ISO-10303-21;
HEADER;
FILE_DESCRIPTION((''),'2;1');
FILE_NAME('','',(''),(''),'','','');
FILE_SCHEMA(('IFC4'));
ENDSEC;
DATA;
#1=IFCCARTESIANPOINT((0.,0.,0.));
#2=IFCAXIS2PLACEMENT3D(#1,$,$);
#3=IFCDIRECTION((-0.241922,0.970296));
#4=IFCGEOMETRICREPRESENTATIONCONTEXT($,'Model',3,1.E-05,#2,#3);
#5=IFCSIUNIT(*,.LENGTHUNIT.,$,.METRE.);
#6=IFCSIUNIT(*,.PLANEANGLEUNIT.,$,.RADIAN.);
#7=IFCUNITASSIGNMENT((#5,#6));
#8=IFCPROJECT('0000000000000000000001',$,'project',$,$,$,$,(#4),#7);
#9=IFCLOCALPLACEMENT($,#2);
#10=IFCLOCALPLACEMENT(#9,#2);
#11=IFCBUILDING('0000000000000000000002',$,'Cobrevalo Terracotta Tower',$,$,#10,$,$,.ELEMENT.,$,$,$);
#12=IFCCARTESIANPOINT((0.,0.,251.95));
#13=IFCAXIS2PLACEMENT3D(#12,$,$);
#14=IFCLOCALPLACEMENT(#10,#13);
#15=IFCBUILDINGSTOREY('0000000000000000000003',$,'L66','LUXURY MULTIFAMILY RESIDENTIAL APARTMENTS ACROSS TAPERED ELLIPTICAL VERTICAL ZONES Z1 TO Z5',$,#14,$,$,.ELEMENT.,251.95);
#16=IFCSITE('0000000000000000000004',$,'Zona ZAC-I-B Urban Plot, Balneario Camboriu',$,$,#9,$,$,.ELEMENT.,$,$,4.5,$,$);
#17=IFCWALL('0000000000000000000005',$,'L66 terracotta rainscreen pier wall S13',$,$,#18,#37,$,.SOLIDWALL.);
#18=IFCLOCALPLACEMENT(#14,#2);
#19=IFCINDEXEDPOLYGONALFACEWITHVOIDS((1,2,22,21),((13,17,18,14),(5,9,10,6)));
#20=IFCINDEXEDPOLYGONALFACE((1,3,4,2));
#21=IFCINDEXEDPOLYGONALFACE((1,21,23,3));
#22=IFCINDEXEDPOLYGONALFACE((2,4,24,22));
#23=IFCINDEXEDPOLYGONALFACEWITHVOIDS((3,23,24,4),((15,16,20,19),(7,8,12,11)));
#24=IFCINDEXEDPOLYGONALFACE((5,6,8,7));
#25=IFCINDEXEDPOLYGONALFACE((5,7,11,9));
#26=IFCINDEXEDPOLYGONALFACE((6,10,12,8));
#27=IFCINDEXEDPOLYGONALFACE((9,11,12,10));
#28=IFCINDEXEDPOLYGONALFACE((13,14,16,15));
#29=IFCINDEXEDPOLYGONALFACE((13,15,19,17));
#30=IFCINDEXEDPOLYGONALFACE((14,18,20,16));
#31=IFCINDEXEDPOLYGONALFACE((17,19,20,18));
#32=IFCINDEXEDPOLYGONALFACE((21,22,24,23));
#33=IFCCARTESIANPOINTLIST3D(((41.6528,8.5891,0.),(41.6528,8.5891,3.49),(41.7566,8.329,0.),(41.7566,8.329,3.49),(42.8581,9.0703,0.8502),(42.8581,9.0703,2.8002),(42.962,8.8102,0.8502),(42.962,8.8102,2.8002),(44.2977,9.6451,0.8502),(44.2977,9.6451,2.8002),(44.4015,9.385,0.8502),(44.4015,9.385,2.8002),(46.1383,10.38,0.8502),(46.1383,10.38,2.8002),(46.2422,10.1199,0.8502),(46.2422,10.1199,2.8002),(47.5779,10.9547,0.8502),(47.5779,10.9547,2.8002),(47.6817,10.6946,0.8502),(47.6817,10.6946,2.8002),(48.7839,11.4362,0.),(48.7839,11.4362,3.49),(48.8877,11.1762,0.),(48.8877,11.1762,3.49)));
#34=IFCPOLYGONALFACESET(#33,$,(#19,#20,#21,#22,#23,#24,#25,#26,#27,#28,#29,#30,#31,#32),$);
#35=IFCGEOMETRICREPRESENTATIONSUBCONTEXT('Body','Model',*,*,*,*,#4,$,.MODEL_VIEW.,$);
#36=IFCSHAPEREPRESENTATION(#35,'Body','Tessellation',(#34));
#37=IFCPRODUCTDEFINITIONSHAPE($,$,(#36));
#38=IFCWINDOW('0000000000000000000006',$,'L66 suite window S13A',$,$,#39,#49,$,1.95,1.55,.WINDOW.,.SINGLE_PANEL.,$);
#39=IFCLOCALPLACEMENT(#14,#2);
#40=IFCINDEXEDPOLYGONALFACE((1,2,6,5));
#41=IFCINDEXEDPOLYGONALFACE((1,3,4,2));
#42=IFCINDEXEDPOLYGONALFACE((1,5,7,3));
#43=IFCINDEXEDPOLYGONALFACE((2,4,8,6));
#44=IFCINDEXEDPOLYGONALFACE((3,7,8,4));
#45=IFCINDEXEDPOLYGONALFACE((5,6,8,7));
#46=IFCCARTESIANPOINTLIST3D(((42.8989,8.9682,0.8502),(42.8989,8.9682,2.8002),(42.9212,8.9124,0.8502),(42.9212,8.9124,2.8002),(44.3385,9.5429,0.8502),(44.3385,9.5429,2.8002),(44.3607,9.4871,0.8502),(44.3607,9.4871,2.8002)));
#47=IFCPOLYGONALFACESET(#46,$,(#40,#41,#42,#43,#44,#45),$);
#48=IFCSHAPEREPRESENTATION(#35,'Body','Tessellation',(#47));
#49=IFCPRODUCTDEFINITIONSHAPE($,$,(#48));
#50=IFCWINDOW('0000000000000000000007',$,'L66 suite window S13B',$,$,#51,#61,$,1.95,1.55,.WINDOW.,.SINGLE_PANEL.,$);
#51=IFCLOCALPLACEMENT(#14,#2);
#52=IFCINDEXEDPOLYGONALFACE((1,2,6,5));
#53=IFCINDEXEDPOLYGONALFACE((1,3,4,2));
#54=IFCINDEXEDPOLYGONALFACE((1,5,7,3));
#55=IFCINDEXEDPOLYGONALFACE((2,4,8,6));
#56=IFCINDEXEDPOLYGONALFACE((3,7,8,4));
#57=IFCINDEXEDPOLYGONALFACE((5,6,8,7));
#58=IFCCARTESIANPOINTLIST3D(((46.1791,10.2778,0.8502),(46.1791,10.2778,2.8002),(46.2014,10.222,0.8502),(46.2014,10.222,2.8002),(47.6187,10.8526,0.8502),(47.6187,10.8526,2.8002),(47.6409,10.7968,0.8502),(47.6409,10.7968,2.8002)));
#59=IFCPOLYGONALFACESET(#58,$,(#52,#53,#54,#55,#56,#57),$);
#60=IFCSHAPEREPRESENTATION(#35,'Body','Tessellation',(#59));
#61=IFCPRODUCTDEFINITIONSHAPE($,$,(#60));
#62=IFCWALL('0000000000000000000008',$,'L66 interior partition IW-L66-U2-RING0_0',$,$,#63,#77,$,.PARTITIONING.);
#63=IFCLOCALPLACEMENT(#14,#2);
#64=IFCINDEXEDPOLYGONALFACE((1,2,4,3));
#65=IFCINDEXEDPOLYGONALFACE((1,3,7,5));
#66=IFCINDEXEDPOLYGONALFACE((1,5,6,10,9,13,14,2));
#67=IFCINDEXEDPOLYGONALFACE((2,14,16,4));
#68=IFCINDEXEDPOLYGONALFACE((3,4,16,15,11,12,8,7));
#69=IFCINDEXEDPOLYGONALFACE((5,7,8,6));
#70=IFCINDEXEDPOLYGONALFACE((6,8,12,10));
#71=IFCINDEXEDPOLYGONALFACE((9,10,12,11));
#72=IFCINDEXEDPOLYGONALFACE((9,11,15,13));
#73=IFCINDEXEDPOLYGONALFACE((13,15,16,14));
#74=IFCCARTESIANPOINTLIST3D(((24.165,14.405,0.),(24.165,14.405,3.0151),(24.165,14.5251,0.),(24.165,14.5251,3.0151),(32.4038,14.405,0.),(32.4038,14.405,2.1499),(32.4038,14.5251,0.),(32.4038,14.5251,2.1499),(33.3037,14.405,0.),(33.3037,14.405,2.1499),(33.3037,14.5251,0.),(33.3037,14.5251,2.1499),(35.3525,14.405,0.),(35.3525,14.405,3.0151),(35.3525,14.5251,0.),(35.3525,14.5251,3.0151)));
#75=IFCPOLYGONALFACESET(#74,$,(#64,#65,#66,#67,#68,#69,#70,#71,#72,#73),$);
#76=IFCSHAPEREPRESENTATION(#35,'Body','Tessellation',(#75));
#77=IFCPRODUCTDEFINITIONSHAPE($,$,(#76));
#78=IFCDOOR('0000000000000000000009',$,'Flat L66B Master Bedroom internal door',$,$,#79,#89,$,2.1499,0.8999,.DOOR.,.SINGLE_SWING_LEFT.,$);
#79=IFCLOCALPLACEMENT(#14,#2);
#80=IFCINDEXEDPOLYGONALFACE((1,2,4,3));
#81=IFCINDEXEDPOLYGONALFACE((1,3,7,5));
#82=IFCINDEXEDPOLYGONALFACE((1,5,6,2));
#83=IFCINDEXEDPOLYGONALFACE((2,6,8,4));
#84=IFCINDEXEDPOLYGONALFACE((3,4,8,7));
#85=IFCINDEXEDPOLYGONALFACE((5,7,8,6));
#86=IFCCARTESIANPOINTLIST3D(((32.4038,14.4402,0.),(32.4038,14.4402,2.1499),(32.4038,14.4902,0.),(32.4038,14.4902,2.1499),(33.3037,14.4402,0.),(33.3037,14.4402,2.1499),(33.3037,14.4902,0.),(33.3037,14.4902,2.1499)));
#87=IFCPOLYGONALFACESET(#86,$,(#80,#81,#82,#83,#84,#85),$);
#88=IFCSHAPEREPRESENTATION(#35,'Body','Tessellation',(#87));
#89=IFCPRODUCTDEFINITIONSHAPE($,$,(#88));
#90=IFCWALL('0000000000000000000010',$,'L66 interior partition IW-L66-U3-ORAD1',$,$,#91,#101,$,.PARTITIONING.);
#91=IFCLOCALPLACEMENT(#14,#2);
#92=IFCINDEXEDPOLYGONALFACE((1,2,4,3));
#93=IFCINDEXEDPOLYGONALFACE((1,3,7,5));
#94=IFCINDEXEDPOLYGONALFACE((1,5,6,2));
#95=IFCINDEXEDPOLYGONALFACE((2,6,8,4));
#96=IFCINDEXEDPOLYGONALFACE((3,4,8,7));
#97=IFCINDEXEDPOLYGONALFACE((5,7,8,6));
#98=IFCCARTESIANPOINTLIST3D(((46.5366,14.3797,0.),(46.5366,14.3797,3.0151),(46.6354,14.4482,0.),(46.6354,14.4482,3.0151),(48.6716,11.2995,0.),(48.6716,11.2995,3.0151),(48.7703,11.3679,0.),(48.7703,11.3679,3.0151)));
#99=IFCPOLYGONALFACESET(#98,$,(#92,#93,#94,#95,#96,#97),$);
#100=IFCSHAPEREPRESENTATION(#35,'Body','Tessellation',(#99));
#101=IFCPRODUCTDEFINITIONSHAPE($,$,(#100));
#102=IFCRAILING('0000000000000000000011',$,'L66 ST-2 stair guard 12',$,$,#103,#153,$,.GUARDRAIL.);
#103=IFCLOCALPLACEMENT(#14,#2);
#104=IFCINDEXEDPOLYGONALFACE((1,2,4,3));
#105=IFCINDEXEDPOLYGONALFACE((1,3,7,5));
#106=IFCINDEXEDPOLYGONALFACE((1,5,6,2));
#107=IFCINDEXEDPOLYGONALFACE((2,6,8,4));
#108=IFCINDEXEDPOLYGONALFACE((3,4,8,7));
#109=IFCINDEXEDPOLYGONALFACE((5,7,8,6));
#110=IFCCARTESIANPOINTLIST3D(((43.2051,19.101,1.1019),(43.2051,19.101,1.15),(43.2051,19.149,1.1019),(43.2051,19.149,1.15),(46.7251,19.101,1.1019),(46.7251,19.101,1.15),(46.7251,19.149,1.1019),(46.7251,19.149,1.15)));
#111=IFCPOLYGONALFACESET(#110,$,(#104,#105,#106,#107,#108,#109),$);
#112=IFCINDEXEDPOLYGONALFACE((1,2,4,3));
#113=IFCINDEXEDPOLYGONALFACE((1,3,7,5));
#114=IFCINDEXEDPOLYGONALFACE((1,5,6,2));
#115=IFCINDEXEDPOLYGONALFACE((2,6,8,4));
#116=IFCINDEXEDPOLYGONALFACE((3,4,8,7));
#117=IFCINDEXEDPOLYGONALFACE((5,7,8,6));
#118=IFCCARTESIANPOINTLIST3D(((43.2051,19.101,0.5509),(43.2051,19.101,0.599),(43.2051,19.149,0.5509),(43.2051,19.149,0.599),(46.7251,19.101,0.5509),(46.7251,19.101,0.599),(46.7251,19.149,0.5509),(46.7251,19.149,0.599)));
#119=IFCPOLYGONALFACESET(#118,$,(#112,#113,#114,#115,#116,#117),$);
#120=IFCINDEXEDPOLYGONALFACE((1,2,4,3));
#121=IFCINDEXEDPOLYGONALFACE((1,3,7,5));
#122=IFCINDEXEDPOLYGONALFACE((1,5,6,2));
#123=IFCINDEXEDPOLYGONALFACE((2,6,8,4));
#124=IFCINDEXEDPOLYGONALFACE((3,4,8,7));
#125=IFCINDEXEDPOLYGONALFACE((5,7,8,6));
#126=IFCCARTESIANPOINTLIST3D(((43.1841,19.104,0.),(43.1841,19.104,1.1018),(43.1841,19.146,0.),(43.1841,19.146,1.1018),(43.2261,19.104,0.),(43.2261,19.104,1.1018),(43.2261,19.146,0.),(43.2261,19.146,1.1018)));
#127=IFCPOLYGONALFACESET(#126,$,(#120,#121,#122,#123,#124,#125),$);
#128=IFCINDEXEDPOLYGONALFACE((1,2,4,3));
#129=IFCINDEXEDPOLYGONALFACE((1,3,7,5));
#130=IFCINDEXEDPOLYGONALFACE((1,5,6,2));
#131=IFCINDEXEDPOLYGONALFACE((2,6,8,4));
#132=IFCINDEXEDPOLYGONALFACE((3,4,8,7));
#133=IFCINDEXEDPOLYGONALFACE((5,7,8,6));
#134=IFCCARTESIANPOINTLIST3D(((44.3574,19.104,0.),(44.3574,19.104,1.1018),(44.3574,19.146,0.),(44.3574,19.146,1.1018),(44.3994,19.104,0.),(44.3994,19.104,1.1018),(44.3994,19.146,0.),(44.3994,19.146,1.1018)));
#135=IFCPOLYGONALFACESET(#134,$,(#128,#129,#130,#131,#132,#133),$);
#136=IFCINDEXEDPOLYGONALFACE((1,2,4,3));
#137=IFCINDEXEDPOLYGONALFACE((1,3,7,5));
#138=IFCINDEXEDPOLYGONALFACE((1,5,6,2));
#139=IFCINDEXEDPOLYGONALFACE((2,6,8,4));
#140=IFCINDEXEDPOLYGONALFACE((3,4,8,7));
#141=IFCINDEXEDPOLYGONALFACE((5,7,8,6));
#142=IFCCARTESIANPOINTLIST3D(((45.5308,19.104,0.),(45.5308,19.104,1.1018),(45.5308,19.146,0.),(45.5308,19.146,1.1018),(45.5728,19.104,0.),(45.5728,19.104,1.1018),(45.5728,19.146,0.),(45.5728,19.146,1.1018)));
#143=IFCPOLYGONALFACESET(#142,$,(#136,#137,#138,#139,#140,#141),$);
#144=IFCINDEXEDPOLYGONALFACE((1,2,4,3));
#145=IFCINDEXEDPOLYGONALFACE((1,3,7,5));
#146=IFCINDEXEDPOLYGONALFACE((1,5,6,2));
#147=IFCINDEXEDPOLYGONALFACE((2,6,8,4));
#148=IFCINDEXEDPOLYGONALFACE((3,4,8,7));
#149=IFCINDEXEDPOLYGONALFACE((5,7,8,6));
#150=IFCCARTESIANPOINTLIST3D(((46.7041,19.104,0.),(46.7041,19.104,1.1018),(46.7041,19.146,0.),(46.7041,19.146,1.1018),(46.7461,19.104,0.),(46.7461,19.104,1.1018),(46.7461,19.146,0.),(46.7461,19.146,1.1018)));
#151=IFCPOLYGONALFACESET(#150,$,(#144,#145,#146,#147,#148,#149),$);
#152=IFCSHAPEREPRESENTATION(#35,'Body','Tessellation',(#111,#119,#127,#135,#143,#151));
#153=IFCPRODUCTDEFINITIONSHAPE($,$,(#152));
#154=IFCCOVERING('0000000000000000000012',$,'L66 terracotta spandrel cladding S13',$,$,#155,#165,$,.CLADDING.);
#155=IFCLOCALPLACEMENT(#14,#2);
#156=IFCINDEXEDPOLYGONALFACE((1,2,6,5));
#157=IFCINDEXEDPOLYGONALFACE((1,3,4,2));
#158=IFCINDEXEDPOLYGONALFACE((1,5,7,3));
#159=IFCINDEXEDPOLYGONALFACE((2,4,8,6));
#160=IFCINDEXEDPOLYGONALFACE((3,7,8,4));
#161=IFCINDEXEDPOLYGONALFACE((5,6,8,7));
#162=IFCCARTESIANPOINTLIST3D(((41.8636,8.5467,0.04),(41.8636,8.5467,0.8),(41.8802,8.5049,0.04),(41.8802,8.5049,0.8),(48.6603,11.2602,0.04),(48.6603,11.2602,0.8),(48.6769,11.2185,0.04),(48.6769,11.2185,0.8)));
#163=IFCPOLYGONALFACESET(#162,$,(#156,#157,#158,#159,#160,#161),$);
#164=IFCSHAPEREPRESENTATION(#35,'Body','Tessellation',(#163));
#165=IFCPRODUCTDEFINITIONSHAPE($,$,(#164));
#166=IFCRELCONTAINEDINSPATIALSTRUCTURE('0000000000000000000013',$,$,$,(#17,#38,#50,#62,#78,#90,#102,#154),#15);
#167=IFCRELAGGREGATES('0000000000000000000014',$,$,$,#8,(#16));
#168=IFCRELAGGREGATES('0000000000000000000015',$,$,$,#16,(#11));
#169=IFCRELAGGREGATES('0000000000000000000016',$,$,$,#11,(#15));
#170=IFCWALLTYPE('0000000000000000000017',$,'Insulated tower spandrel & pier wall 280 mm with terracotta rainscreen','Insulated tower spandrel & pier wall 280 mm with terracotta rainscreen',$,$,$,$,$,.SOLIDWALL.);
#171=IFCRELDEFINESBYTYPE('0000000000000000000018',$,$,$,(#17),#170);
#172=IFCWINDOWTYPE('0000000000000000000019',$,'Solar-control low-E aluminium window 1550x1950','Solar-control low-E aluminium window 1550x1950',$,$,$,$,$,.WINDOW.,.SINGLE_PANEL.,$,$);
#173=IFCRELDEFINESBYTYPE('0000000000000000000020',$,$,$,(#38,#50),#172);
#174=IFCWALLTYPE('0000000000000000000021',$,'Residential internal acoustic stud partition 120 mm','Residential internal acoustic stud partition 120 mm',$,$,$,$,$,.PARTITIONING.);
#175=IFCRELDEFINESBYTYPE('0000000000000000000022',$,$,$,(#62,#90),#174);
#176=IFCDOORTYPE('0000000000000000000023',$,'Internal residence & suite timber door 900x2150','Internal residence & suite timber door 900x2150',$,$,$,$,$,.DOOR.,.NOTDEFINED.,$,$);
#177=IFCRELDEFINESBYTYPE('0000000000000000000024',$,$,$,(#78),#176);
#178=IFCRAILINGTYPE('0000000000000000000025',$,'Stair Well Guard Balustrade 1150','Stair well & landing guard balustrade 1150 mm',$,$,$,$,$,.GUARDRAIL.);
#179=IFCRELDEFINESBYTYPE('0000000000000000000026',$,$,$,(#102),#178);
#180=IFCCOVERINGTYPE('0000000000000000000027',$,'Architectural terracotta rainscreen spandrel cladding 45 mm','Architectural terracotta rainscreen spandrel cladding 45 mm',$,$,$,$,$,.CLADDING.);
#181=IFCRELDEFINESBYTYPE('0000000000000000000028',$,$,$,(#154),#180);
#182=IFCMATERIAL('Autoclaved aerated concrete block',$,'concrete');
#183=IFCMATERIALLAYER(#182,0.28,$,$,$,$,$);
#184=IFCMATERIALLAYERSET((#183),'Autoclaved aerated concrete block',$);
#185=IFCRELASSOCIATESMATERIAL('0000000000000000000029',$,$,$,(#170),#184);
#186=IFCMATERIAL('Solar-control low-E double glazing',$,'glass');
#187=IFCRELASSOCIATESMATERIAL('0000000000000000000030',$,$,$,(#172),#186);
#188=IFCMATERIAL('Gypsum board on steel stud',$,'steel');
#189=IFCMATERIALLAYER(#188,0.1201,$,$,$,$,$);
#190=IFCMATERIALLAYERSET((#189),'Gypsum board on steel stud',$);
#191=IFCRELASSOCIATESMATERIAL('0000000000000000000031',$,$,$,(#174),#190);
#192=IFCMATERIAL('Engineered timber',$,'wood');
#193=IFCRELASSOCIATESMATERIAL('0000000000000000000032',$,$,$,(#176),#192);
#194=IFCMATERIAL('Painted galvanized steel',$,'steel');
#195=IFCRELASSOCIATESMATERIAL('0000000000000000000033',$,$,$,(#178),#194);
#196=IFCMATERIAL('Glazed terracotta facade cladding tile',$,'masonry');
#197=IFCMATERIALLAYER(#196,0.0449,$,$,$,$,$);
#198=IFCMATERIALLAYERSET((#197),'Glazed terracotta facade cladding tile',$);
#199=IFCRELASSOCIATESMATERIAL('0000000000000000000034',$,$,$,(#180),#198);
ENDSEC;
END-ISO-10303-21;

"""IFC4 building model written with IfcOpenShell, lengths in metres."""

from ifc_helpers import new_model, si_unit, direction, frame, frame_2d, origin, origin_2d, place, context, subcontext, project, spatial, rectangle, extrude, source, transform, mapped, material, layer, layer_set, type_object, element, fill, save


model = new_model("IFC4")

# Units and contexts
model_context = context("Model", 3, precision=1e-05, world=origin(), true_north=direction((-0.241922, 0.970296)))
body_context = subcontext(model_context, "Body", "Model", "MODEL_VIEW")
ifc_project = project(units=[si_unit("LENGTHUNIT", "METRE"), si_unit("PLANEANGLEUNIT", "RADIAN")], contexts=[model_context])

# Site, building, storey
site_placement = place(None, origin())
site = spatial("IfcSite", under=ifc_project, at=site_placement, Name="Zona ZAC-I-B Urban Plot, Balneario Camboriu", CompositionType="ELEMENT", RefElevation=4.5)
building_placement = place(site_placement, origin())
building = spatial("IfcBuilding", under=site, at=building_placement, Name="Cobrevalo Terracotta Tower", CompositionType="ELEMENT")
storey_placement = place(building_placement, frame((0.0, 0.0, 251.95)))
storey = spatial("IfcBuildingStorey", under=building, at=storey_placement, Name="L66", Description="LUXURY MULTIFAMILY RESIDENTIAL APARTMENTS ACROSS TAPERED ELLIPTICAL VERTICAL ZONES Z1 TO Z5", CompositionType="ELEMENT", Elevation=251.95)

# Shared definitions
ifc_material_1 = material(Name="Autoclaved aerated concrete block", Category="concrete")

# Wall, openings, windows
ifc_layer_1 = layer(ifc_material_1, 0.28)
ifc_layer_set_1 = layer_set([ifc_layer_1], Name="Autoclaved aerated concrete block")
wall_type_1 = type_object("IfcWallType", Name="Insulated tower spandrel & pier wall 280 mm with terracotta rainscreen", Description="Insulated tower spandrel & pier wall 280 mm with terracotta rainscreen", PredefinedType="SOLIDWALL", material=ifc_layer_set_1)
wall_1_placement = place(storey_placement, frame((41.7046, 8.459, 0.0), z_axis=(0.0, 0.0, 1.0), x_axis=(0.928713, 0.370799, 0.0)))
wall_1 = element("IfcWall", 1, at=wall_1_placement, inside=storey, type_object=wall_type_1, Name="L66 terracotta rainscreen pier wall S13", PredefinedType="SOLIDWALL", context=body_context, shape_type="SweptSolid", body=[
    extrude(rectangle(XDim=7.6785, YDim=0.28, at=frame_2d((3.8394, 0.0))), origin(), (0.0, 0.0, 1.0), 3.49),
])
opening_1_placement = place(wall_1_placement, frame((1.2981, 0.0, 0.8501)))
opening_1 = element("IfcOpeningElement", 2, at=opening_1_placement, cuts=wall_1, PredefinedType="OPENING", context=body_context, shape_type="SweptSolid", body=[
    extrude(rectangle(XDim=1.55, YDim=1.95, at=frame_2d((0.7749, 0.9751))), frame((0.0, 0.1499, 0.0), z_axis=(0.0, -1.0, 0.0), x_axis=(1.0, 0.0, 0.0)), (0.0, 0.0, 1.0), 0.3),
])
opening_2_placement = place(wall_1_placement, frame((4.8301, 0.0, 0.8501)))
opening_2 = element("IfcOpeningElement", 3, at=opening_2_placement, cuts=wall_1, PredefinedType="OPENING", context=body_context, shape_type="SweptSolid", body=[
    extrude(rectangle(XDim=1.55, YDim=1.95, at=frame_2d((0.7749, 0.9751))), frame((0.0, 0.1499, 0.0), z_axis=(0.0, -1.0, 0.0), x_axis=(1.0, 0.0, 0.0)), (0.0, 0.0, 1.0), 0.3),
])
ifc_material_2 = material(Name="Solar-control low-E double glazing", Category="glass")
window_type = type_object("IfcWindowType", Name="Solar-control low-E aluminium window 1550x1950", Description="Solar-control low-E aluminium window 1550x1950", PartitioningType="SINGLE_PANEL", PredefinedType="WINDOW", material=ifc_material_2)
shared_shape_1 = source(origin(), body_context, "Body", "SweptSolid", [
    extrude(rectangle(XDim=1.55, YDim=1.95, at=frame_2d((0.7749, 0.9751))), frame((0.0, 0.03, 0.0), z_axis=(0.0, -1.0, 0.0), x_axis=(1.0, 0.0, 0.0)), (0.0, 0.0, 1.0), 0.0601),
])
window_1_placement = place(opening_1_placement, origin())
window_1 = element("IfcWindow", 4, at=window_1_placement, inside=storey, type_object=window_type, Name="L66 suite window S13A", OverallHeight=1.95, OverallWidth=1.55, PartitioningType="SINGLE_PANEL", PredefinedType="WINDOW", context=body_context, shape_type="MappedRepresentation", body=[
    mapped(shared_shape_1, transform((0.0, 0.0, 0.0), scale=1.0)),
])
fill(opening_1, window_1)
window_2_placement = place(opening_2_placement, origin())
window_2 = element("IfcWindow", 5, at=window_2_placement, inside=storey, type_object=window_type, Name="L66 suite window S13B", OverallHeight=1.95, OverallWidth=1.55, PartitioningType="SINGLE_PANEL", PredefinedType="WINDOW", context=body_context, shape_type="MappedRepresentation", body=[
    mapped(shared_shape_1, transform((0.0, 0.0, 0.0), scale=1.0)),
])
fill(opening_2, window_2)

# Wall, opening, door
ifc_material_3 = material(Name="Gypsum board on steel stud", Category="steel")
ifc_layer_2 = layer(ifc_material_3, 0.1201)
ifc_layer_set_2 = layer_set([ifc_layer_2], Name="Gypsum board on steel stud")
wall_type_2 = type_object("IfcWallType", Name="Residential internal acoustic stud partition 120 mm", Description="Residential internal acoustic stud partition 120 mm", PredefinedType="PARTITIONING", material=ifc_layer_set_2)
wall_2_placement = place(storey_placement, frame((35.3525, 14.4651, 0.0), z_axis=(0.0, 0.0, 1.0), x_axis=(-1.0, 0.0, 0.0)))
wall_2 = element("IfcWall", 6, at=wall_2_placement, inside=storey, type_object=wall_type_2, Name="L66 interior partition IW-L66-U2-RING0_0", PredefinedType="PARTITIONING", context=body_context, shape_type="SweptSolid", body=[
    extrude(rectangle(XDim=11.1875, YDim=0.1201, at=frame_2d((5.5938, 0.0))), origin(), (0.0, 0.0, 1.0), 3.0151),
])
opening_3_placement = place(wall_2_placement, frame((2.0488, 0.0, 0.0)))
opening_3 = element("IfcOpeningElement", 7, at=opening_3_placement, cuts=wall_2, PredefinedType="OPENING", context=body_context, shape_type="SweptSolid", body=[
    extrude(rectangle(XDim=0.8999, YDim=2.1499, at=frame_2d((0.45, 1.075))), frame((0.0, 0.0701, 0.0), z_axis=(0.0, -1.0, 0.0), x_axis=(1.0, 0.0, 0.0)), (0.0, 0.0, 1.0), 0.1401),
])
ifc_material_4 = material(Name="Engineered timber", Category="wood")
door_type_1 = type_object("IfcDoorType", Name="Internal residence & suite timber door 900x2150", Description="Internal residence & suite timber door 900x2150", OperationType="NOTDEFINED", PredefinedType="DOOR", material=ifc_material_4)
shared_shape_2 = source(origin(), body_context, "Body", "SweptSolid", [
    extrude(rectangle(XDim=0.8999, YDim=2.1499, at=frame_2d((0.45, 1.075))), frame((0.0, 0.0249, 0.0), z_axis=(0.0, -1.0, 0.0), x_axis=(1.0, 0.0, 0.0)), (0.0, 0.0, 1.0), 0.05),
])
door_1_placement = place(opening_3_placement, origin())
door_1 = element("IfcDoor", 8, at=door_1_placement, inside=storey, type_object=door_type_1, Name="Flat L66B Master Bedroom internal door", OperationType="SINGLE_SWING_LEFT", OverallHeight=2.1499, OverallWidth=0.8999, PredefinedType="DOOR", context=body_context, shape_type="MappedRepresentation", body=[
    mapped(shared_shape_2, transform((0.0, 0.0, 0.0), scale=1.0)),
])
fill(opening_3, door_1)

# Wall
wall_3_placement = place(storey_placement, frame((46.5859, 14.4141, 0.0), z_axis=(0.0, 0.0, 1.0), x_axis=(0.569657, -0.821883, 0.0)))
element("IfcWall", 9, at=wall_3_placement, inside=storey, type_object=wall_type_2, Name="L66 interior partition IW-L66-U3-ORAD1", PredefinedType="PARTITIONING", context=body_context, shape_type="SweptSolid", body=[
    extrude(rectangle(XDim=3.7478, YDim=0.1201, at=frame_2d((1.874, 0.0))), origin(), (0.0, 0.0, 1.0), 3.0151),
])

# Railing
ifc_material_5 = material(Name="Painted galvanized steel", Category="steel")
railing_type = type_object("IfcRailingType", Name="Stair Well Guard Balustrade 1150", Description="Stair well & landing guard balustrade 1150 mm", PredefinedType="GUARDRAIL", material=ifc_material_5)
railing_placement = place(storey_placement, frame((43.2051, 19.125, 0.0)))
element("IfcRailing", 10, at=railing_placement, inside=storey, type_object=railing_type, Name="L66 ST-2 stair guard 12", PredefinedType="GUARDRAIL", context=body_context, shape_type="SweptSolid", body=[
    extrude(rectangle(XDim=0.0481, YDim=0.0481, at=origin_2d()), frame((0.0, 0.0, 1.126), z_axis=(1.0, 0.0, 0.0), x_axis=(0.0, 1.0, 0.0)), (0.0, 0.0, 1.0), 3.52),
    extrude(rectangle(XDim=0.0481, YDim=0.0481, at=origin_2d()), frame((0.0, 0.0, 0.575), z_axis=(1.0, 0.0, 0.0), x_axis=(0.0, 1.0, 0.0)), (0.0, 0.0, 1.0), 3.52),
    extrude(rectangle(XDim=0.042, YDim=0.042, at=origin_2d()), origin(), (0.0, 0.0, 1.0), 1.1018),
    extrude(rectangle(XDim=0.042, YDim=0.042, at=origin_2d()), frame((1.1733, 0.0, 0.0)), (0.0, 0.0, 1.0), 1.1018),
    extrude(rectangle(XDim=0.042, YDim=0.042, at=origin_2d()), frame((2.3467, 0.0, 0.0)), (0.0, 0.0, 1.0), 1.1018),
    extrude(rectangle(XDim=0.042, YDim=0.042, at=origin_2d()), frame((3.52, 0.0, 0.0)), (0.0, 0.0, 1.0), 1.1018),
])

# Covering
ifc_material_6 = material(Name="Glazed terracotta facade cladding tile", Category="masonry")
ifc_layer_3 = layer(ifc_material_6, 0.0449)
ifc_layer_set_3 = layer_set([ifc_layer_3], Name="Glazed terracotta facade cladding tile")
covering_type = type_object("IfcCoveringType", Name="Architectural terracotta rainscreen spandrel cladding 45 mm", Description="Architectural terracotta rainscreen spandrel cladding 45 mm", PredefinedType="CLADDING", material=ifc_layer_set_3)
shared_shape_3 = source(origin(), body_context, "Body", "SweptSolid", [
    extrude(rectangle(XDim=7.3184, YDim=0.0449, at=origin_2d()), origin(), (0.0, 0.0, 1.0), 0.76),
])
covering_placement = place(storey_placement, frame((45.2703, 9.8826, 0.04), z_axis=(0.0, 0.0, 1.0), x_axis=(0.928718, 0.370786, 0.0)))
element("IfcCovering", 11, at=covering_placement, inside=storey, type_object=covering_type, Name="L66 terracotta spandrel cladding S13", PredefinedType="CLADDING", context=body_context, shape_type="MappedRepresentation", body=[
    mapped(shared_shape_3, transform((0.0, 0.0, 0.0), scale=1.0)),
])

save(model, "model.ifc")
